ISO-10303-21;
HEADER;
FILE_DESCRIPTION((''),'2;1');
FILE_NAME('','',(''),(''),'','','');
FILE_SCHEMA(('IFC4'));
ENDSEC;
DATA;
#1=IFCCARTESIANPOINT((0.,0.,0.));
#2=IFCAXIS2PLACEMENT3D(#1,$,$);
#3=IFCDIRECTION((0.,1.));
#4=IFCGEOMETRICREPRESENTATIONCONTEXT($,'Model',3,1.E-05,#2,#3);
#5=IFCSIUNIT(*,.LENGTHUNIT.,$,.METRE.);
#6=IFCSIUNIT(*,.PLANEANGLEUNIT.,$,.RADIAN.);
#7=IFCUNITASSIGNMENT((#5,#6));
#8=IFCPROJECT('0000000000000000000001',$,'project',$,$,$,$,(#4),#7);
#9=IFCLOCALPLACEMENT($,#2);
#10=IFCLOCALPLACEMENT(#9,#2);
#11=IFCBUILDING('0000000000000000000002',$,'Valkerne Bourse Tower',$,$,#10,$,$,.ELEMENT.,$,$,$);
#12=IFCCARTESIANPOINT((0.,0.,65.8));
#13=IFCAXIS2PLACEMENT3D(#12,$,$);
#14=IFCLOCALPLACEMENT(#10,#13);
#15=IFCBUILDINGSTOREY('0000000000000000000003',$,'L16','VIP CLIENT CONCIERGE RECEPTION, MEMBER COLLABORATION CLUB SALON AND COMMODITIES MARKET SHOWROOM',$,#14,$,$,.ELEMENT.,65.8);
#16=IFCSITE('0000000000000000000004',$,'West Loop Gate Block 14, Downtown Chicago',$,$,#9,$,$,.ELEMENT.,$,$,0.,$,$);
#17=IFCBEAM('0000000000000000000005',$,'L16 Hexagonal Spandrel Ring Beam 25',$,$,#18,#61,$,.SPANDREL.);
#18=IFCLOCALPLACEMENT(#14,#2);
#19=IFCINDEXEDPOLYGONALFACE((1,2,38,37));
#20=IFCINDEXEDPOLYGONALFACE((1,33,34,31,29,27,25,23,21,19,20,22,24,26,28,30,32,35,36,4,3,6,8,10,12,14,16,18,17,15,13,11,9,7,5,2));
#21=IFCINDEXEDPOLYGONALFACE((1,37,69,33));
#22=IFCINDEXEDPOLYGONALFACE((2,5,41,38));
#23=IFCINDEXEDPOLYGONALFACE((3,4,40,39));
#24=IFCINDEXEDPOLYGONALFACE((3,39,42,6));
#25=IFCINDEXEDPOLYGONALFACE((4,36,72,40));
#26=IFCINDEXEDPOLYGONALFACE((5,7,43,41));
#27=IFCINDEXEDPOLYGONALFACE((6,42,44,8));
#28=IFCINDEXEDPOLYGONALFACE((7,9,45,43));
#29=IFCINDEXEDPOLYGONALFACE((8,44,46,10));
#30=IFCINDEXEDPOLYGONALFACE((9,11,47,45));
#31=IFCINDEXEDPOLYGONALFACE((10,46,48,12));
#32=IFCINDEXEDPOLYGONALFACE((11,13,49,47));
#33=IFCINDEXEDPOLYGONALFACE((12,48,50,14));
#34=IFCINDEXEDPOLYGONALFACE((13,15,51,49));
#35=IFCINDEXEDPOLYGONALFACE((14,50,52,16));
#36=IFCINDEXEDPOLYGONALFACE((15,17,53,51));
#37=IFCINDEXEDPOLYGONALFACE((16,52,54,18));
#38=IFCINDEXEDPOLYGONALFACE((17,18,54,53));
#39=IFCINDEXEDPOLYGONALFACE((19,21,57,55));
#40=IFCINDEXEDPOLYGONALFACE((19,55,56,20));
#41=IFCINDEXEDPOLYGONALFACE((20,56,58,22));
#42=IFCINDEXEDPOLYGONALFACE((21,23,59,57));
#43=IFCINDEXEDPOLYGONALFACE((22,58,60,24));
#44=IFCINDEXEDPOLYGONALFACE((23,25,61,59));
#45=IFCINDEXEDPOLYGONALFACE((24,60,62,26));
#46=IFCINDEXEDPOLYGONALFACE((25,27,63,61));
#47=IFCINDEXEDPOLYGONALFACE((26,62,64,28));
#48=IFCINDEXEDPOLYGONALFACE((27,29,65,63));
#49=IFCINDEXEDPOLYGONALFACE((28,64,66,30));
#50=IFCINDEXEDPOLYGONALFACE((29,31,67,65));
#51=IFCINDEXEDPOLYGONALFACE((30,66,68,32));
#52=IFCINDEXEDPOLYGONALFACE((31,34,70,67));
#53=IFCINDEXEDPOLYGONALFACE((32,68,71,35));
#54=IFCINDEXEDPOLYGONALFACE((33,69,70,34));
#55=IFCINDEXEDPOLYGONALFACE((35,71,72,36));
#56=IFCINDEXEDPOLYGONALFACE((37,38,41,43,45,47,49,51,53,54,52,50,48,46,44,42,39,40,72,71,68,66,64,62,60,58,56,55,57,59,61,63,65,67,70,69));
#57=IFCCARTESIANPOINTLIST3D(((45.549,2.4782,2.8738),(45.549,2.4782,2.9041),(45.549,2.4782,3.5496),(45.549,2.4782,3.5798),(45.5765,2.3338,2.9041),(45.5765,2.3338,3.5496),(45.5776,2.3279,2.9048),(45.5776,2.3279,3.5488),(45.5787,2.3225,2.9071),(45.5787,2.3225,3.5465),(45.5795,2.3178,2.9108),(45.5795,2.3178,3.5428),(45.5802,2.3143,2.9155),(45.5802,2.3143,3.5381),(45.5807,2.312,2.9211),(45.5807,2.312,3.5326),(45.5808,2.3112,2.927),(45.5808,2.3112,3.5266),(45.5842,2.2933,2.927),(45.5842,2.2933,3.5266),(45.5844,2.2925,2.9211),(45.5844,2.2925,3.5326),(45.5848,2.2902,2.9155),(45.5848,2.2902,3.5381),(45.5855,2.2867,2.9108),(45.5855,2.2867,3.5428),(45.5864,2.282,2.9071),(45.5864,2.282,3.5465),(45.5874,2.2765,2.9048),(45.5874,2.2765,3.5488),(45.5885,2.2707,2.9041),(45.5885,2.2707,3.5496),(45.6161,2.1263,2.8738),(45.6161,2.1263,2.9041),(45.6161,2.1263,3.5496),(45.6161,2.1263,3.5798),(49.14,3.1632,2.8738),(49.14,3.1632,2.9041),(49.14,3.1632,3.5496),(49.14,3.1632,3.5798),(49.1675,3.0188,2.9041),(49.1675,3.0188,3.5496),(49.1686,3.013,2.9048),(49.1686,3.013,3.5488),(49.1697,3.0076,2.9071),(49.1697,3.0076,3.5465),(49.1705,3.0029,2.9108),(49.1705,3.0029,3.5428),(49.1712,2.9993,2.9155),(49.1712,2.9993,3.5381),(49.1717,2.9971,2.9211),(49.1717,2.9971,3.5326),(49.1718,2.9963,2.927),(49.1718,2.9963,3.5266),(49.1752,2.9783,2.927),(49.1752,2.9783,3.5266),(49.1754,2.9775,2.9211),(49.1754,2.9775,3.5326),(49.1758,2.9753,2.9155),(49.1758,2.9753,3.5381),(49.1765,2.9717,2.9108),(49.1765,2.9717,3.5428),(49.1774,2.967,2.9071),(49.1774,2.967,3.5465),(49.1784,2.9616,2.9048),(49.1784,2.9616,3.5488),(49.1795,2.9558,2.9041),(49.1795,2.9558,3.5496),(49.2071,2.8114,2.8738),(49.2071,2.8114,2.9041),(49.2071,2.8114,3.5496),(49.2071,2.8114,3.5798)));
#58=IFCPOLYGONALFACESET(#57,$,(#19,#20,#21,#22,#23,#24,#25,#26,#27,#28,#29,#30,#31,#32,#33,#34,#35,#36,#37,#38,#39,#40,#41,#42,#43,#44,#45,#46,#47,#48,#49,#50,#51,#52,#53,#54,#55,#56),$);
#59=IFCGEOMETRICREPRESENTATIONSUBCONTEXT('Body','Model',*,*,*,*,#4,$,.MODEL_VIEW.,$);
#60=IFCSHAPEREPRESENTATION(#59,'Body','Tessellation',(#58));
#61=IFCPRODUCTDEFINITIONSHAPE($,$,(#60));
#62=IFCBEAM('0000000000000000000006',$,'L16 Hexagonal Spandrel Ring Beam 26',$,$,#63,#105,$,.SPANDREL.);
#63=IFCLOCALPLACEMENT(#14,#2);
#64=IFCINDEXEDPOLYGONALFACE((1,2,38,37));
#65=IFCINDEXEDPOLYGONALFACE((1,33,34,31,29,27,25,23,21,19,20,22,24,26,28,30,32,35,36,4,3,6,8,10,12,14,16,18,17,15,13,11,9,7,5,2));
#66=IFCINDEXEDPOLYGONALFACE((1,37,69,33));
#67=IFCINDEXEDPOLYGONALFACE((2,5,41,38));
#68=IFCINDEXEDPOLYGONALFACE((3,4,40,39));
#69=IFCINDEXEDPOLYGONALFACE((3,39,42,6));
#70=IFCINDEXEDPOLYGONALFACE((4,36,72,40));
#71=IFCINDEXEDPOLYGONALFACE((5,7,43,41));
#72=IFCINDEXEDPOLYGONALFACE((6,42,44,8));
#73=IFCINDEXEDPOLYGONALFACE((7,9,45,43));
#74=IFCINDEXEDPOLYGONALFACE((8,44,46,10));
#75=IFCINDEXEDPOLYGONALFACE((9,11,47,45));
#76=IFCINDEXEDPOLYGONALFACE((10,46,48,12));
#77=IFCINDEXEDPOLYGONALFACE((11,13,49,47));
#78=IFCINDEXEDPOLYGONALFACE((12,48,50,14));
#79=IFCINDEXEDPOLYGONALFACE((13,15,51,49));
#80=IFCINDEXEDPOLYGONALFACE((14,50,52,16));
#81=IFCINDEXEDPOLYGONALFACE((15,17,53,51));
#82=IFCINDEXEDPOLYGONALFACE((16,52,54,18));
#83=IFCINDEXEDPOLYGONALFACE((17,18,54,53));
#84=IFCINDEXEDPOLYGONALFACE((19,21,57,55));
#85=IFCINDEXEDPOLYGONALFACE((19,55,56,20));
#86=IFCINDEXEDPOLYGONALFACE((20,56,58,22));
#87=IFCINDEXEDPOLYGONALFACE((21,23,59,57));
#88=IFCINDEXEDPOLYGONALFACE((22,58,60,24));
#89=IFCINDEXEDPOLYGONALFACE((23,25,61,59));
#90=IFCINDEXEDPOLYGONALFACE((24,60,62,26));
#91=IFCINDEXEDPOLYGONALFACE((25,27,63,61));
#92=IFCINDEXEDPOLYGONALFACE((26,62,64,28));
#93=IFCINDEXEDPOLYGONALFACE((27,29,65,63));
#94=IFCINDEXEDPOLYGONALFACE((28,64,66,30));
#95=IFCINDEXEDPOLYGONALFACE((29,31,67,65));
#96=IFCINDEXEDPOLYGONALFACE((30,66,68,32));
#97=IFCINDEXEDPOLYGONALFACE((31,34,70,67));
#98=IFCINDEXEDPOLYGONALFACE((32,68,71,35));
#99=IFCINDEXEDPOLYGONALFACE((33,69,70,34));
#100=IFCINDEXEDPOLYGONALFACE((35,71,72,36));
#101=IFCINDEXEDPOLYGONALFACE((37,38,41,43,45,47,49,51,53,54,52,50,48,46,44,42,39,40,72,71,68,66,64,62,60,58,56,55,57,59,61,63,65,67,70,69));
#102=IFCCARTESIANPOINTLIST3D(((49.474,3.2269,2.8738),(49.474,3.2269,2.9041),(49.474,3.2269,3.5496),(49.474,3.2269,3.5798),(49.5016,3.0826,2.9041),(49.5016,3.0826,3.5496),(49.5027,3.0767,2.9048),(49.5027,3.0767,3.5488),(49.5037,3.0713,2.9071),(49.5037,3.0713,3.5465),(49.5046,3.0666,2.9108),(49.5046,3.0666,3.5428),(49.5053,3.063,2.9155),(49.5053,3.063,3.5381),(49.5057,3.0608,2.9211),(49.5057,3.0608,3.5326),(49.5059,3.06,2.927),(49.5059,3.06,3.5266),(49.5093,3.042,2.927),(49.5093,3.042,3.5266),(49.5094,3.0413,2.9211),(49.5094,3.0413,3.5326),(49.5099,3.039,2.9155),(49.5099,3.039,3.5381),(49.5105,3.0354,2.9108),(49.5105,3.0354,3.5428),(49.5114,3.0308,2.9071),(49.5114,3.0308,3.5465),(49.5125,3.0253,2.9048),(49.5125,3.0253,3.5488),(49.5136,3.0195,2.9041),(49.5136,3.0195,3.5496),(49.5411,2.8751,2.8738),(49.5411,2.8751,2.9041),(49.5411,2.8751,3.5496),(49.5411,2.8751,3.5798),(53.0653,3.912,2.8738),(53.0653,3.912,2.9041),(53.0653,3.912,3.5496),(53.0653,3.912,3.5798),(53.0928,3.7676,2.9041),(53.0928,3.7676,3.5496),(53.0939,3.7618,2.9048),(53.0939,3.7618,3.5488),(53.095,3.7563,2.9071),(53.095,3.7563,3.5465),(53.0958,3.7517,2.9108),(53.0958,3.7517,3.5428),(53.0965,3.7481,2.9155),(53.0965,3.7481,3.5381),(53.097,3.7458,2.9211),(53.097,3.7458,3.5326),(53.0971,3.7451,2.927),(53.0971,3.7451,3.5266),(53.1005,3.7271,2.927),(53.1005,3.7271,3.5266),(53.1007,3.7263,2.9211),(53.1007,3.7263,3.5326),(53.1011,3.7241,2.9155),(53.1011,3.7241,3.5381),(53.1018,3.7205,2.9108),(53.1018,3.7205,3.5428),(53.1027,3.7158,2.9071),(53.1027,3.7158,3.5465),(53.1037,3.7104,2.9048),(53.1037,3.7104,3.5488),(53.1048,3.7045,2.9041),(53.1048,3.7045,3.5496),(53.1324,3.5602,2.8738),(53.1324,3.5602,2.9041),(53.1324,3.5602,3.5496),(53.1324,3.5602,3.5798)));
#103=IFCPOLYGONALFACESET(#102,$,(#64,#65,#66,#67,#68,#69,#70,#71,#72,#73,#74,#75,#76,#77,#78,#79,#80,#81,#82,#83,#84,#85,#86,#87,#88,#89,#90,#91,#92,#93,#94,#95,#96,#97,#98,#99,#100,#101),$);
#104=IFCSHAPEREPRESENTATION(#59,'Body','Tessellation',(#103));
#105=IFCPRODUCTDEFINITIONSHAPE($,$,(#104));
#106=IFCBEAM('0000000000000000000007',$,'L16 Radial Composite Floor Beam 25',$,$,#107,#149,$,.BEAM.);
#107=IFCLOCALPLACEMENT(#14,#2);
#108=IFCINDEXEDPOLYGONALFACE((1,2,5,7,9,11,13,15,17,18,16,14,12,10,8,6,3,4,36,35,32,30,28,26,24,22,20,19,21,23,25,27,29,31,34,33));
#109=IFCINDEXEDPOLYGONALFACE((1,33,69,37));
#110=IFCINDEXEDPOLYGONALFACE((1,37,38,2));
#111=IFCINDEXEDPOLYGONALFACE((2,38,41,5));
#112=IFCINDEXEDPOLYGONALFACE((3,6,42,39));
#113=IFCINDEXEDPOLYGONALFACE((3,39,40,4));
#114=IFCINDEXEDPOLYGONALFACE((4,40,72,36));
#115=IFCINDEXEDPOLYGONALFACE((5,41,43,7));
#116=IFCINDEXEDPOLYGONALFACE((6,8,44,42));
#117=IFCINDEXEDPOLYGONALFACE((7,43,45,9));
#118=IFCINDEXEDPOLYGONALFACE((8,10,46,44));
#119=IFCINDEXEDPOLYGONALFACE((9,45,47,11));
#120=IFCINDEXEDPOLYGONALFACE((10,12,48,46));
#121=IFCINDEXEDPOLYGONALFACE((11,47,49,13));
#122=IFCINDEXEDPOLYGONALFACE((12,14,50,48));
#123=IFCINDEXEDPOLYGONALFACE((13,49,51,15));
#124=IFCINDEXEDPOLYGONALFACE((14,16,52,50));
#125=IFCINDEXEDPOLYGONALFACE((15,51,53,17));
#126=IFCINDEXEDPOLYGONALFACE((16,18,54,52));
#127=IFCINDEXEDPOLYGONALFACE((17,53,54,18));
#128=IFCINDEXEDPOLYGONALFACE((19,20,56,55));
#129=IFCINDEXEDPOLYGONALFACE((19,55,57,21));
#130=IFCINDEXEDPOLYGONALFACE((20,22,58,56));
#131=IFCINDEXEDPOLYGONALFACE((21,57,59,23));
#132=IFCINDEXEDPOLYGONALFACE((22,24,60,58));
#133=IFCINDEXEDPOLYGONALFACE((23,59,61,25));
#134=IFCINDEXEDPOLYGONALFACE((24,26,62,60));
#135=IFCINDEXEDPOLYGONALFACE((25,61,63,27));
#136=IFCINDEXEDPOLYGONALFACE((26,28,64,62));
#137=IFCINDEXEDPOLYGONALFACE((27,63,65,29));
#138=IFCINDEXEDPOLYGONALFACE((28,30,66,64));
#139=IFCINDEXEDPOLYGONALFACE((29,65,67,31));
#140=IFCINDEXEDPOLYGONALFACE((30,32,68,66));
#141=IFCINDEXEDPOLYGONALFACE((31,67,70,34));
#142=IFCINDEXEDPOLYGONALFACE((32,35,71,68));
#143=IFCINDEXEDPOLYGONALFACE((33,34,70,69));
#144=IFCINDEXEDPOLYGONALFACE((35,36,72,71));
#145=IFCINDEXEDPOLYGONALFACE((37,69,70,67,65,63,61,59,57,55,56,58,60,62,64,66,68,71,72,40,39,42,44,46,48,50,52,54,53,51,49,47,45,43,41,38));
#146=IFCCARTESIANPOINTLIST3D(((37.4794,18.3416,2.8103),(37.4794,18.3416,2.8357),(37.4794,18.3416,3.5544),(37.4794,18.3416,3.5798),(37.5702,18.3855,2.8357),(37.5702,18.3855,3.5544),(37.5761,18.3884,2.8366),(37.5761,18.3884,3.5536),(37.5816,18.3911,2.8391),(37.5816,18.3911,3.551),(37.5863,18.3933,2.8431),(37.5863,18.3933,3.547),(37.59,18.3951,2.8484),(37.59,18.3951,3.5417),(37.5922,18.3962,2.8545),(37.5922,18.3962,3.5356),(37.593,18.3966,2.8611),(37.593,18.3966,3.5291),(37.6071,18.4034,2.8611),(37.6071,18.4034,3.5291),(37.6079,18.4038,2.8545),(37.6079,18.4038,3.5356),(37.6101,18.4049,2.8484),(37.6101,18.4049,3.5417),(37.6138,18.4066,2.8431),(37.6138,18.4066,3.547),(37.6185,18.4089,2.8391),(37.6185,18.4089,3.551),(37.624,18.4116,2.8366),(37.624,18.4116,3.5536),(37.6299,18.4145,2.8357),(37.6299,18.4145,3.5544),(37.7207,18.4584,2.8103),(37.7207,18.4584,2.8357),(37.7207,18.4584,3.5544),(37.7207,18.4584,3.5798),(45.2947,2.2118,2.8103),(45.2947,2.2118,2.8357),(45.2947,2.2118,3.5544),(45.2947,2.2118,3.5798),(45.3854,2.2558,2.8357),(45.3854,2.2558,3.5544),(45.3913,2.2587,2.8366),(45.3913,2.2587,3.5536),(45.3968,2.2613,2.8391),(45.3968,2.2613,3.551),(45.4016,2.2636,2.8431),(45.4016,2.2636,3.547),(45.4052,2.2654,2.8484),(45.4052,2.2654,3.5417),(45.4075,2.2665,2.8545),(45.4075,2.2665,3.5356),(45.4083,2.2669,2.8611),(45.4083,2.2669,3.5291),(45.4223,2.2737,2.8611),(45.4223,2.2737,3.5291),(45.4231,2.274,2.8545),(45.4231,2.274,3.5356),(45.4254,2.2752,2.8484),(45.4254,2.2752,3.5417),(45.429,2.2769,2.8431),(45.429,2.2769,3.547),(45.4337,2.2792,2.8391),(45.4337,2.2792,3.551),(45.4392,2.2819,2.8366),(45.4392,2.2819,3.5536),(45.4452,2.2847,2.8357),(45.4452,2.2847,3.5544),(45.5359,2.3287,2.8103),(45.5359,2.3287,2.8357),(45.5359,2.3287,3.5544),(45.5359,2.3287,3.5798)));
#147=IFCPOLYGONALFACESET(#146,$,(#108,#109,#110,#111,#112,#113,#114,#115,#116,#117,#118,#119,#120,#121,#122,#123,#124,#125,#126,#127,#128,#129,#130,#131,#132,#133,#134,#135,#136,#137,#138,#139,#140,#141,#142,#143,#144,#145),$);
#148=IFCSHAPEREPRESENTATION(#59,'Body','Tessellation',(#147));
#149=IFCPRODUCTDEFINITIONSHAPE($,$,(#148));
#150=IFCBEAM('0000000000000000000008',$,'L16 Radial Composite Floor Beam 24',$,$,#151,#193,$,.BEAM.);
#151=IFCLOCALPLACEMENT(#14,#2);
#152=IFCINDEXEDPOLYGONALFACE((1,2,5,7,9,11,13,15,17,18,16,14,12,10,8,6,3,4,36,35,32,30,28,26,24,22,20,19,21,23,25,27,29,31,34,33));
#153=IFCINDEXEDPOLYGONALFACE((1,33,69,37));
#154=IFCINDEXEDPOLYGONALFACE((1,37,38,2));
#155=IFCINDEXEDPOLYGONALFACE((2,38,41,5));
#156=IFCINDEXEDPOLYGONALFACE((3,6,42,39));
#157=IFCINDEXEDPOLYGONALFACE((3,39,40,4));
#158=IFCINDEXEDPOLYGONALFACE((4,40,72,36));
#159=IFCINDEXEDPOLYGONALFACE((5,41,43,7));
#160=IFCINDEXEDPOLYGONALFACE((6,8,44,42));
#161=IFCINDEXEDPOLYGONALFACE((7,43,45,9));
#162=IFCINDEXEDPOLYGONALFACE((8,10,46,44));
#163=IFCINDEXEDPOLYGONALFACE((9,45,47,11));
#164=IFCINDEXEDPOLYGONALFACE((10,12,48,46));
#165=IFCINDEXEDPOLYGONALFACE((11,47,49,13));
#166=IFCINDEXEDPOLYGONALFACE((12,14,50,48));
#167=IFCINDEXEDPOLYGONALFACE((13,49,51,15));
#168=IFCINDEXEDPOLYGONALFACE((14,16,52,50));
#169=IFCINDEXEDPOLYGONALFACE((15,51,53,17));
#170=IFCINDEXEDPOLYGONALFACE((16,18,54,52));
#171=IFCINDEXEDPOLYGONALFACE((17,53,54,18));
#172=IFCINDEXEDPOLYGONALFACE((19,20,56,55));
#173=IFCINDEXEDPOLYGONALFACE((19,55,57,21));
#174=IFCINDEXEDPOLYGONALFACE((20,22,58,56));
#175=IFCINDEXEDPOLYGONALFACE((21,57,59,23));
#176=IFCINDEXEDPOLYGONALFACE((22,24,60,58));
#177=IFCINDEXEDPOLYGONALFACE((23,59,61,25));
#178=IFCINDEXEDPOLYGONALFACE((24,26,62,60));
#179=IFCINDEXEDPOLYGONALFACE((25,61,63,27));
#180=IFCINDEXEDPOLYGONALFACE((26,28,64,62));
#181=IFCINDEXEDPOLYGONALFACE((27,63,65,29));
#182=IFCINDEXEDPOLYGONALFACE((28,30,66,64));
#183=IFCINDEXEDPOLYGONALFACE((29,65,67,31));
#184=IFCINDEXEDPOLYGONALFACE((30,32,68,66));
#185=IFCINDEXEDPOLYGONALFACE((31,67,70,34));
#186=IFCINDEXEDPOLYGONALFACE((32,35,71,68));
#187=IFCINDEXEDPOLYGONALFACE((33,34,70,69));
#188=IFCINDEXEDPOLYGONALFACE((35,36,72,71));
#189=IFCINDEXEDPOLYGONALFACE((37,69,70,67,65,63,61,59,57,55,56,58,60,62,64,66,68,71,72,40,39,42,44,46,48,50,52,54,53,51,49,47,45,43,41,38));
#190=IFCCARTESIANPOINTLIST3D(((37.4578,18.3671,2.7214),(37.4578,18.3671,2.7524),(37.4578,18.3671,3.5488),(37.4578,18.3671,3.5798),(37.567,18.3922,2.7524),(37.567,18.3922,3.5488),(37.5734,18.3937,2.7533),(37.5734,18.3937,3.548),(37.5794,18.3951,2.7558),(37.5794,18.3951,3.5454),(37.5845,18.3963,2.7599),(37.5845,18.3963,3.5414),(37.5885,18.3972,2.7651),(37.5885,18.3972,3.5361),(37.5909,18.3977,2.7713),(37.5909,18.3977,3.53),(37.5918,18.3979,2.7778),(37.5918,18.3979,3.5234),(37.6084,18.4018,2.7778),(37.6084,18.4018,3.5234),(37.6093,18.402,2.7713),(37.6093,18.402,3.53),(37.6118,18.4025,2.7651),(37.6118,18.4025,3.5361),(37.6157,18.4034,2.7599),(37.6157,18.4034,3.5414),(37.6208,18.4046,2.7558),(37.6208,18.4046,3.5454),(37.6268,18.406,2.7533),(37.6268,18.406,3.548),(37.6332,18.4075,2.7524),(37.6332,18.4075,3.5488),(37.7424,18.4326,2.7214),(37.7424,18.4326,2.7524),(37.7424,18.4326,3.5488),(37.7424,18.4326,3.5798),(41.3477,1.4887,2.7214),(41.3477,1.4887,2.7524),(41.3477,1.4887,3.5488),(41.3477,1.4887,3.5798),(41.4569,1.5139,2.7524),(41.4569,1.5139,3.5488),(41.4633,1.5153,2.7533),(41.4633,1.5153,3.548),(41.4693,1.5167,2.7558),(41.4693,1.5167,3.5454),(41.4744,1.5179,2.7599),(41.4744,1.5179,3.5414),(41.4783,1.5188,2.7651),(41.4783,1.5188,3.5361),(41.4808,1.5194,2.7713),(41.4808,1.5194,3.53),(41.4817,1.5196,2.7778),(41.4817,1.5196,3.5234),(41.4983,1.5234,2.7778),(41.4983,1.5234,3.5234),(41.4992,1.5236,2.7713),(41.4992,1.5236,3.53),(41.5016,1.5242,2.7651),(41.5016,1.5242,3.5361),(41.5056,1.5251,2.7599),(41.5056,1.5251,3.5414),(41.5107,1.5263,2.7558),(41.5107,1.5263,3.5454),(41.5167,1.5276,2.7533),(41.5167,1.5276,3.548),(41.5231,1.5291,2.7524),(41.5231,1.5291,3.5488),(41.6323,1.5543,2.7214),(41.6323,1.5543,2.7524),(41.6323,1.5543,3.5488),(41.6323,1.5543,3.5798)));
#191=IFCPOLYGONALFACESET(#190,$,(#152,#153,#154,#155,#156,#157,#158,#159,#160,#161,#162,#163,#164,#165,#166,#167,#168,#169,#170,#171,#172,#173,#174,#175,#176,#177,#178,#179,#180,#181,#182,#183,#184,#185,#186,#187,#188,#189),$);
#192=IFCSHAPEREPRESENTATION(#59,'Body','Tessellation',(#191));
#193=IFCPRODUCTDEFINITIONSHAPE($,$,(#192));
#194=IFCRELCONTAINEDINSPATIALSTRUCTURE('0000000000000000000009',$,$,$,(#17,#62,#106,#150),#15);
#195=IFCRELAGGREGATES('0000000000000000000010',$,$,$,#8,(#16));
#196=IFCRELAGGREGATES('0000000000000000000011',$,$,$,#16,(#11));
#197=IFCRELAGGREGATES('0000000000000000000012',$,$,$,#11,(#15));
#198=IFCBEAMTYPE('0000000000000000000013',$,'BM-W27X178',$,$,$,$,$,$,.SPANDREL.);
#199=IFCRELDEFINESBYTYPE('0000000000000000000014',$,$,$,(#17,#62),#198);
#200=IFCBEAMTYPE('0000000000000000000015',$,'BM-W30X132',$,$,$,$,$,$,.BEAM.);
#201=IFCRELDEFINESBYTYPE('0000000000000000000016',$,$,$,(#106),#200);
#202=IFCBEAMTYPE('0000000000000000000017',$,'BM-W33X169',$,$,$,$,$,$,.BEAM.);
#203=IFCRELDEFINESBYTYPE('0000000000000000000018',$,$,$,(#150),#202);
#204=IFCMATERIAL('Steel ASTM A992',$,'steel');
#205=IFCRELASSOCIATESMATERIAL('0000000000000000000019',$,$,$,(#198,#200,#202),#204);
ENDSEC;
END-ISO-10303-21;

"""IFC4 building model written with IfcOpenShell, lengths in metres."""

from ifc_helpers import new_model, si_unit, direction, frame, origin, origin_2d, place, context, subcontext, project, spatial, i_section, extrude, material, material_profile, profile_set, type_object, element, save


model = new_model("IFC4")

# Units and contexts
model_context = context("Model", 3, precision=1e-05, world=origin(), true_north=direction((0.0, 1.0)))
body_context = subcontext(model_context, "Body", "Model", "MODEL_VIEW")
ifc_project = project(units=[si_unit("LENGTHUNIT", "METRE"), si_unit("PLANEANGLEUNIT", "RADIAN")], contexts=[model_context])

# Site, building, storey
site_placement = place(None, origin())
site = spatial("IfcSite", under=ifc_project, at=site_placement, Name="West Loop Gate Block 14, Downtown Chicago", CompositionType="ELEMENT", RefElevation=0.0)
building_placement = place(site_placement, origin())
building = spatial("IfcBuilding", under=site, at=building_placement, Name="Valkerne Bourse Tower", CompositionType="ELEMENT")
storey_placement = place(building_placement, frame((0.0, 0.0, 65.8)))
storey = spatial("IfcBuildingStorey", under=building, at=storey_placement, Name="L16", Description="VIP CLIENT CONCIERGE RECEPTION, MEMBER COLLABORATION CLUB SALON AND COMMODITIES MARKET SHOWROOM", CompositionType="ELEMENT", Elevation=65.8)

# Beams
ifc_material_1 = material(Name="Steel ASTM A992", Category="steel")
ifc_material_profile_1 = material_profile(ifc_material_1, i_section(OverallWidth=0.3582, OverallDepth=0.7061, WebThickness=0.0183, FlangeThickness=0.0303, FilletRadius=0.0229, at=origin_2d()), Name="W27X178")
ifc_profile_set_1 = profile_set([ifc_material_profile_1], Name="Steel ASTM A992")
beam_type_1 = type_object("IfcBeamType", Name="BM-W27X178", PredefinedType="SPANDREL", material=ifc_profile_set_1)
beam_1_placement = place(storey_placement, frame((45.5825, 2.3022, 3.2268), z_axis=(0.982286, 0.187388, 0.0), x_axis=(-0.187388, 0.982286, 0.0)))
element("IfcBeam", 1, at=beam_1_placement, inside=storey, type_object=beam_type_1, Name="L16 Hexagonal Spandrel Ring Beam 25", PredefinedType="SPANDREL", context=body_context, shape_type="SweptSolid", body=[
    extrude(i_section(OverallWidth=0.3582, OverallDepth=0.7061, WebThickness=0.0183, FlangeThickness=0.0303, FilletRadius=0.0229, at=origin_2d()), origin(), (0.0, 0.0, 1.0), 3.6558),
])
beam_2_placement = place(storey_placement, frame((49.5076, 3.051, 3.2268), z_axis=(0.982288, 0.187376, 0.0), x_axis=(-0.187376, 0.982288, 0.0)))
element("IfcBeam", 2, at=beam_2_placement, inside=storey, type_object=beam_type_1, Name="L16 Hexagonal Spandrel Ring Beam 26", PredefinedType="SPANDREL", context=body_context, shape_type="SweptSolid", body=[
    extrude(i_section(OverallWidth=0.3582, OverallDepth=0.7061, WebThickness=0.0183, FlangeThickness=0.0303, FilletRadius=0.0229, at=origin_2d()), origin(), (0.0, 0.0, 1.0), 3.656),
])
ifc_material_profile_2 = material_profile(ifc_material_1, i_section(OverallWidth=0.2681, OverallDepth=0.7695, WebThickness=0.0156, FlangeThickness=0.0254, FilletRadius=0.0254, at=origin_2d()), Name="W30X132")
ifc_profile_set_2 = profile_set([ifc_material_profile_2], Name="Steel ASTM A992")
beam_type_2 = type_object("IfcBeamType", Name="BM-W30X132", PredefinedType="BEAM", material=ifc_profile_set_2)
beam_3_placement = place(storey_placement, frame((45.4153, 2.2703, 3.1951), z_axis=(-0.436037, 0.899929, 0.0), x_axis=(-0.899929, -0.436037, 0.0)))
element("IfcBeam", 3, at=beam_3_placement, inside=storey, type_object=beam_type_2, Name="L16 Radial Composite Floor Beam 25", PredefinedType="BEAM", context=body_context, shape_type="SweptSolid", body=[
    extrude(i_section(OverallWidth=0.2681, OverallDepth=0.7695, WebThickness=0.0156, FlangeThickness=0.0254, FilletRadius=0.0254, at=origin_2d()), origin(), (0.0, 0.0, 1.0), 17.9233),
])
ifc_material_profile_3 = material_profile(ifc_material_1, i_section(OverallWidth=0.292, OverallDepth=0.8584, WebThickness=0.0171, FlangeThickness=0.031, FilletRadius=0.0254, at=origin_2d()), Name="W33X169")
ifc_profile_set_3 = profile_set([ifc_material_profile_3], Name="Steel ASTM A992")
beam_type_3 = type_object("IfcBeamType", Name="BM-W33X169", PredefinedType="BEAM", material=ifc_profile_set_3)
beam_4_placement = place(storey_placement, frame((41.49, 1.5215, 3.1506), z_axis=(-0.224578, 0.974456, 0.0), x_axis=(-0.974456, -0.224578, 0.0)))
element("IfcBeam", 4, at=beam_4_placement, inside=storey, type_object=beam_type_3, Name="L16 Radial Composite Floor Beam 24", PredefinedType="BEAM", context=body_context, shape_type="SweptSolid", body=[
    extrude(i_section(OverallWidth=0.292, OverallDepth=0.8584, WebThickness=0.0171, FlangeThickness=0.031, FilletRadius=0.0254, at=origin_2d()), origin(), (0.0, 0.0, 1.0), 17.3208),
])

save(model, "model.ifc")
